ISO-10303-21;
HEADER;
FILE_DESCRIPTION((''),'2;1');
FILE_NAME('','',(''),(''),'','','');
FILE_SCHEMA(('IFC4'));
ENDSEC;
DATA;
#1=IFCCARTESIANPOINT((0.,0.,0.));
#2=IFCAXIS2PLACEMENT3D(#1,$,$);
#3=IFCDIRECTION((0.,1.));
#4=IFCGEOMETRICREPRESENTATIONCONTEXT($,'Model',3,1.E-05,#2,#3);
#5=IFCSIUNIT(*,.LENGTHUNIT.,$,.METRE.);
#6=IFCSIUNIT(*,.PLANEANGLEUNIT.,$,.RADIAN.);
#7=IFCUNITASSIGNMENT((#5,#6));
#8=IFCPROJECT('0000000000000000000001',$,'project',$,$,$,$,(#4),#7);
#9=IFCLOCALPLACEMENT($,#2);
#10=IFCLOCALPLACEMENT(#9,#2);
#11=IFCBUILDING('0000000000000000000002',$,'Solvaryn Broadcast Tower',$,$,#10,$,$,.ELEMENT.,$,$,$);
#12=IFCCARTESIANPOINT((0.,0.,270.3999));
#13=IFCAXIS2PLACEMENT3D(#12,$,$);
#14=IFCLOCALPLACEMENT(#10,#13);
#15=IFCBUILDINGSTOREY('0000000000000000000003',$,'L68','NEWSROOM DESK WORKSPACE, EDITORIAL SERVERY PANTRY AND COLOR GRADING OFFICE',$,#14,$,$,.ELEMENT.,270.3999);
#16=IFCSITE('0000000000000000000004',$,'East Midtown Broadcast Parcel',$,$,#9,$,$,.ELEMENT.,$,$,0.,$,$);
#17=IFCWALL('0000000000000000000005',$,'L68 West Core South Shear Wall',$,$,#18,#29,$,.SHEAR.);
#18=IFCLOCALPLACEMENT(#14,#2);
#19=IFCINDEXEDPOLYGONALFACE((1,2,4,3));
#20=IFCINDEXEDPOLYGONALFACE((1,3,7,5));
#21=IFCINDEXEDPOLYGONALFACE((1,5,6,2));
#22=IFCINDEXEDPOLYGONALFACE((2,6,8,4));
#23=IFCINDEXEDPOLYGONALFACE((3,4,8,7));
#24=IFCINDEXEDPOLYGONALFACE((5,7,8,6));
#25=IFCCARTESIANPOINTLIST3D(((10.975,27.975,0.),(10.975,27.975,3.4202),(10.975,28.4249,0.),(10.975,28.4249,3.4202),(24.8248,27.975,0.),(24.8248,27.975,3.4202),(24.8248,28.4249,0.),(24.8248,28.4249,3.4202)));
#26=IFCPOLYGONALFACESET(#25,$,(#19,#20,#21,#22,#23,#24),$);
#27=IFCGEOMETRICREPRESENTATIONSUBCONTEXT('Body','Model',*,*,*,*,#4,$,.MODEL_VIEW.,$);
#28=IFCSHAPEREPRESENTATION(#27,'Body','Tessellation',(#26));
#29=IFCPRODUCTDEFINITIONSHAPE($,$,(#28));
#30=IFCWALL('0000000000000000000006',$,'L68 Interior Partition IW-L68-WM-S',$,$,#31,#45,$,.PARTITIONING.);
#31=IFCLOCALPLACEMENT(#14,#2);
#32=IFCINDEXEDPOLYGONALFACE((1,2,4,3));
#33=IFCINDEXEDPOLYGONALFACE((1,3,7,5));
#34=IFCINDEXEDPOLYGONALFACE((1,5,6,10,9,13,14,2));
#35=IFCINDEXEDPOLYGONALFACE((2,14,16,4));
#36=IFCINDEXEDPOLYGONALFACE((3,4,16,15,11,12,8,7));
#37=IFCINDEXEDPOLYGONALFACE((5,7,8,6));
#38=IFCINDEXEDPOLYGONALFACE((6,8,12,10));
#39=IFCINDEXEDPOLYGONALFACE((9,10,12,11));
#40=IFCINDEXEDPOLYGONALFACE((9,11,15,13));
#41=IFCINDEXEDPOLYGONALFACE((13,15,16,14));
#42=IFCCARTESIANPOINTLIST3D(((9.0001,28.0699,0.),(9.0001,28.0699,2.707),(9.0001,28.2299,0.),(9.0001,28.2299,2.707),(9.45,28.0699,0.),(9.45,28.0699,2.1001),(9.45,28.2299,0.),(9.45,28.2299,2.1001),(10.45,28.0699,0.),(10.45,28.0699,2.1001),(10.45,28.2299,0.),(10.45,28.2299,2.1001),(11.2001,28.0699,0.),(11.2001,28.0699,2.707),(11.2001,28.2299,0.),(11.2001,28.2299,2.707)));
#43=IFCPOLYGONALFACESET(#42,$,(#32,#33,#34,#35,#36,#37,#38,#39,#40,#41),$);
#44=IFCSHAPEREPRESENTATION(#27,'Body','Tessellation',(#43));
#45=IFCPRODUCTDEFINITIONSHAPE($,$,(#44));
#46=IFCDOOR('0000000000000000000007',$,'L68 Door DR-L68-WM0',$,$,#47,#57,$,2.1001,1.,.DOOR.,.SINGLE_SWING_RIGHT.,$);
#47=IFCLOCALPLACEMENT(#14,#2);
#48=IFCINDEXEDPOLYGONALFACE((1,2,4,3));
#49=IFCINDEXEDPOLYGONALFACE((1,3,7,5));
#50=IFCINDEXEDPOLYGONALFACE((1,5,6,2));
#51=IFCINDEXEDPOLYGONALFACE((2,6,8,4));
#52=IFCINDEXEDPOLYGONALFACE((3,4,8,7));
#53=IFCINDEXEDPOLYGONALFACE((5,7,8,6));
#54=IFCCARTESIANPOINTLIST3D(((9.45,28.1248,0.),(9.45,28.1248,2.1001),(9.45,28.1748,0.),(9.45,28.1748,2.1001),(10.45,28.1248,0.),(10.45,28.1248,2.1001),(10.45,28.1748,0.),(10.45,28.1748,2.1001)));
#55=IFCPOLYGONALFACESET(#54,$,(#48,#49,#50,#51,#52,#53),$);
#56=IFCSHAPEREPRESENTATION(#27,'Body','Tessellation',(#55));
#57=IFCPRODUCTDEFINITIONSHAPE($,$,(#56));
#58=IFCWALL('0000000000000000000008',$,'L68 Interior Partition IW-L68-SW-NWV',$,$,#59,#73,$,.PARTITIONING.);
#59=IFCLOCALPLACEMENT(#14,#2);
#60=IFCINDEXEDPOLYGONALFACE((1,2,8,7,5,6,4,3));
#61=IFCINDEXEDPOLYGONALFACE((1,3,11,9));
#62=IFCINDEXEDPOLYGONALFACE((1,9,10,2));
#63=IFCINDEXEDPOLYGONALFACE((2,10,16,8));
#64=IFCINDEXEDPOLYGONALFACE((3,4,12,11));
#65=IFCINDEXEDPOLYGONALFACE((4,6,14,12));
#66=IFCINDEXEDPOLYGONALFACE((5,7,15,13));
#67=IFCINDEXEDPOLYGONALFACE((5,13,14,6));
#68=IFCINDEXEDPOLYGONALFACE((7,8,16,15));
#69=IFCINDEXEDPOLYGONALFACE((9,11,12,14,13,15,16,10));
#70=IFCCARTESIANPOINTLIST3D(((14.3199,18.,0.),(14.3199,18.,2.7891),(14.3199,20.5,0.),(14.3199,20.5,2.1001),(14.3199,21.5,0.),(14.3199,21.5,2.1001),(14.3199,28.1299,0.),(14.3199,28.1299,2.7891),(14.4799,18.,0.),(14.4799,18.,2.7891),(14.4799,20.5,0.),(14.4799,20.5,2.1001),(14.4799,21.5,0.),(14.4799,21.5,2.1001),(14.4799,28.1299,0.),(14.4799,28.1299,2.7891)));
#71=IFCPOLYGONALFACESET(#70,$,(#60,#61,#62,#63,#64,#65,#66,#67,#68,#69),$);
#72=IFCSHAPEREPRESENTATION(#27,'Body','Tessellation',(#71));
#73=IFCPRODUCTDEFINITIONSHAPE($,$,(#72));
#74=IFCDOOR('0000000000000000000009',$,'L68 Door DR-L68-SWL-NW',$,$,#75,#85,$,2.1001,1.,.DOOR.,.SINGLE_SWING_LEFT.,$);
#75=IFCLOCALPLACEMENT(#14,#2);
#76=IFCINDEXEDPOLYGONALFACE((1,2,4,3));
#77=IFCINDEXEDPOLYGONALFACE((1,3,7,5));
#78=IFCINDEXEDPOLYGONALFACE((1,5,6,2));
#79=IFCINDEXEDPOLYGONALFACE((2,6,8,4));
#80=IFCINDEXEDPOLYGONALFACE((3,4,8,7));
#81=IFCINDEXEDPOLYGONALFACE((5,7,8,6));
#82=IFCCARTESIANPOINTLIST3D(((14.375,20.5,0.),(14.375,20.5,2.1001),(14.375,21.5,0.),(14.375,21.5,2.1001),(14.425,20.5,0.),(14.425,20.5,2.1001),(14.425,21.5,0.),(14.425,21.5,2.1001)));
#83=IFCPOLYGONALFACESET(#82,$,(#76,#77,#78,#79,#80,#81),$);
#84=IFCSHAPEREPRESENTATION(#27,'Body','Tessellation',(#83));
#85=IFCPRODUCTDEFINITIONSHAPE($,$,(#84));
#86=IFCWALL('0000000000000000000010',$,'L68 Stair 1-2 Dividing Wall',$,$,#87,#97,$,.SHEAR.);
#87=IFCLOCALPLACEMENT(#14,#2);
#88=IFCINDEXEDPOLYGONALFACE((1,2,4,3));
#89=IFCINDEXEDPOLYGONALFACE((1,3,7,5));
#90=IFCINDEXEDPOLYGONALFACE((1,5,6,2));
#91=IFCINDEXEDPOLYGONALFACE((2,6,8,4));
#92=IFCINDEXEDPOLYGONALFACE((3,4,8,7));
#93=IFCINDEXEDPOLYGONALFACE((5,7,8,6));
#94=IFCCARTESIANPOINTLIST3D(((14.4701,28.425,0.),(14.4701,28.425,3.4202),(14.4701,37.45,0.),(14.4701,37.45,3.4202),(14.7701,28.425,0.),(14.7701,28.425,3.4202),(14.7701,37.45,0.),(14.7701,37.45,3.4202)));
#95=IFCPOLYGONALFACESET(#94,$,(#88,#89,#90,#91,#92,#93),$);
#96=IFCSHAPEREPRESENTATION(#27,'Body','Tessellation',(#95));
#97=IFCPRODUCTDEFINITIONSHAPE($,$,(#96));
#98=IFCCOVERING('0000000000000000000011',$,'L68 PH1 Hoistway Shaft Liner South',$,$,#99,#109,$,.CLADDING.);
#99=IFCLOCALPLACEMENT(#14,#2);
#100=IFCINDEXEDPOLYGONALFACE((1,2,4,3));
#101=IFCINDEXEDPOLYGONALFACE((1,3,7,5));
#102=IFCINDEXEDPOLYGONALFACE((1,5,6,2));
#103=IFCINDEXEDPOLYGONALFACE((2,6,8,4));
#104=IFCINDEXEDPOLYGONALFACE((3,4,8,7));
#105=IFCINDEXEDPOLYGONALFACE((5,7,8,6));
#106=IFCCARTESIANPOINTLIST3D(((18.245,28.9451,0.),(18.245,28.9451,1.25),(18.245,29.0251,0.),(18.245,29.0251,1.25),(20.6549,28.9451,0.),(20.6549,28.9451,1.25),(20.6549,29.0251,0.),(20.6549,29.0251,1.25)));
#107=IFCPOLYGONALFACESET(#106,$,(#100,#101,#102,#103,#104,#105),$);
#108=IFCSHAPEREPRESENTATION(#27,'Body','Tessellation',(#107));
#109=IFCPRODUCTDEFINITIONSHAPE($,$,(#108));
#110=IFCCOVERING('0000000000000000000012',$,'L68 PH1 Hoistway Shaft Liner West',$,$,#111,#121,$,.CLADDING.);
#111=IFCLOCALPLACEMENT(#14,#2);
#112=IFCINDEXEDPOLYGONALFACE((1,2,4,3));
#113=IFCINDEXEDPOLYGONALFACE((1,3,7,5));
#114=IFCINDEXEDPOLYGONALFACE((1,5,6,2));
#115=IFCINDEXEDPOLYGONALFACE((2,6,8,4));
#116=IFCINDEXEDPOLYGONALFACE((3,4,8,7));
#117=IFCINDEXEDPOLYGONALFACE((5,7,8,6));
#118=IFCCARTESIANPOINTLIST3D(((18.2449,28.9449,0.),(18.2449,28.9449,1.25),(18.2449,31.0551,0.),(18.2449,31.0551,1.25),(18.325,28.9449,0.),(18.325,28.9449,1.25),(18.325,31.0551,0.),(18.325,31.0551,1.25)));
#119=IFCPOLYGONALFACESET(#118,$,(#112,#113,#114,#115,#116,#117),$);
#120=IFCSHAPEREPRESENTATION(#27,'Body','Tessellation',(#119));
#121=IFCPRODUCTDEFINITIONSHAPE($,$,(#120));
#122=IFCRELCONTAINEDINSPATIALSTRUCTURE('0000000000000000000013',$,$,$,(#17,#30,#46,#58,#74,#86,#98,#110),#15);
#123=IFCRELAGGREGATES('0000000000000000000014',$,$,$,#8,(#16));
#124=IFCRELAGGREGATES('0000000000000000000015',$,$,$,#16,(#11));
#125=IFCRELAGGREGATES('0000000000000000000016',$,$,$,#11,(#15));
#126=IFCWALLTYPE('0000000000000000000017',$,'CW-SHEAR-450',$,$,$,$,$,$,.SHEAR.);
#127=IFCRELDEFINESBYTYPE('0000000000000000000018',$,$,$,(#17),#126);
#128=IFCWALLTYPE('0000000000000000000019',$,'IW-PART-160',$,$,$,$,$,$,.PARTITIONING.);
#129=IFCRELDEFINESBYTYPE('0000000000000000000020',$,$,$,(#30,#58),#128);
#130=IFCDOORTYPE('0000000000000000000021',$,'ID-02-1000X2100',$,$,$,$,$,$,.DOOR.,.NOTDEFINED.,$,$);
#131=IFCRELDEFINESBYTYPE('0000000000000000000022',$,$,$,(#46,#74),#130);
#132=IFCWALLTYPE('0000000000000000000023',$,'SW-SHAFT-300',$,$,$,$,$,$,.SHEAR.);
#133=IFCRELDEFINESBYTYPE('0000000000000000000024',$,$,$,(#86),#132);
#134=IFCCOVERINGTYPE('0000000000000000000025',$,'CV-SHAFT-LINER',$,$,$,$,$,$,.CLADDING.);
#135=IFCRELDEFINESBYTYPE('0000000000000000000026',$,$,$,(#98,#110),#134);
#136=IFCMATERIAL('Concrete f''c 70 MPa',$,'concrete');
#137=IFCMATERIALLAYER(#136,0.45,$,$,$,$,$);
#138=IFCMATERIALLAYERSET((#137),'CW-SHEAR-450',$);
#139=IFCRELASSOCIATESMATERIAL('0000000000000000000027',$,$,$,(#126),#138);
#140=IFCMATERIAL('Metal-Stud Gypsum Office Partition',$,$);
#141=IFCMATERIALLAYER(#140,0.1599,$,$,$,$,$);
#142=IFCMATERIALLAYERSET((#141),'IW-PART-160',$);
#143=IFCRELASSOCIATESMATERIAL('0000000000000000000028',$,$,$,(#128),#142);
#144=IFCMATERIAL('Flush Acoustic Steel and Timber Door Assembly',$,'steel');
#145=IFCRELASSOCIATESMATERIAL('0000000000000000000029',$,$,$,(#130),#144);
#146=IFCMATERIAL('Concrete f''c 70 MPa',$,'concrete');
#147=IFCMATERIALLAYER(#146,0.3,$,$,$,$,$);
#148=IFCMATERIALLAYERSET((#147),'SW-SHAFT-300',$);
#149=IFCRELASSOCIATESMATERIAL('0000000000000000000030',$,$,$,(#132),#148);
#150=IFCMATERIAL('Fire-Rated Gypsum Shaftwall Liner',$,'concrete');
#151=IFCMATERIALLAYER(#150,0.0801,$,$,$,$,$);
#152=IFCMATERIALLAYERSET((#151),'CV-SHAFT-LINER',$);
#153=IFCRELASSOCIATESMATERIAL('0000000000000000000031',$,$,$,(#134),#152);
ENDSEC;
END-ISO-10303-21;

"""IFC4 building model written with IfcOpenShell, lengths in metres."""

from ifc_helpers import new_model, si_unit, direction, frame, frame_2d, origin, origin_2d, place, context, subcontext, project, spatial, rectangle, extrude, material, layer, layer_set, type_object, element, fill, save


model = new_model("IFC4")

# Units and contexts
model_context = context("Model", 3, precision=1e-05, world=origin(), true_north=direction((0.0, 1.0)))
body_context = subcontext(model_context, "Body", "Model", "MODEL_VIEW")
ifc_project = project(units=[si_unit("LENGTHUNIT", "METRE"), si_unit("PLANEANGLEUNIT", "RADIAN")], contexts=[model_context])

# Site, building, storey
site_placement = place(None, origin())
site = spatial("IfcSite", under=ifc_project, at=site_placement, Name="East Midtown Broadcast Parcel", CompositionType="ELEMENT", RefElevation=0.0)
building_placement = place(site_placement, origin())
building = spatial("IfcBuilding", under=site, at=building_placement, Name="Solvaryn Broadcast Tower", CompositionType="ELEMENT")
storey_placement = place(building_placement, frame((0.0, 0.0, 270.3999)))
storey = spatial("IfcBuildingStorey", under=building, at=storey_placement, Name="L68", Description="NEWSROOM DESK WORKSPACE, EDITORIAL SERVERY PANTRY AND COLOR GRADING OFFICE", CompositionType="ELEMENT", Elevation=270.3999)

# Wall
ifc_material_1 = material(Name="Concrete f'c 70 MPa", Category="concrete")
ifc_layer_1 = layer(ifc_material_1, 0.45)
ifc_layer_set_1 = layer_set([ifc_layer_1], Name="CW-SHEAR-450")
wall_type_1 = type_object("IfcWallType", Name="CW-SHEAR-450", PredefinedType="SHEAR", material=ifc_layer_set_1)
wall_1_placement = place(storey_placement, frame((10.9751, 28.2, 0.0), z_axis=(0.0, 0.0, 1.0), x_axis=(1.0, 0.0, 0.0)))
element("IfcWall", 1, at=wall_1_placement, inside=storey, type_object=wall_type_1, Name="L68 West Core South Shear Wall", PredefinedType="SHEAR", context=body_context, shape_type="SweptSolid", body=[
    extrude(rectangle(XDim=13.8499, YDim=0.45, at=frame_2d((6.9248, 0.0))), origin(), (0.0, 0.0, 1.0), 3.4202),
])

# Walls, openings, doors
ifc_material_2 = material(Name="Metal-Stud Gypsum Office Partition")
ifc_layer_2 = layer(ifc_material_2, 0.1599)
ifc_layer_set_2 = layer_set([ifc_layer_2], Name="IW-PART-160")
wall_type_2 = type_object("IfcWallType", Name="IW-PART-160", PredefinedType="PARTITIONING", material=ifc_layer_set_2)
wall_2_placement = place(storey_placement, frame((9.0, 28.1499, 0.0), z_axis=(0.0, 0.0, 1.0), x_axis=(1.0, 0.0, 0.0)))
wall_2 = element("IfcWall", 2, at=wall_2_placement, inside=storey, type_object=wall_type_2, Name="L68 Interior Partition IW-L68-WM-S", PredefinedType="PARTITIONING", context=body_context, shape_type="SweptSolid", body=[
    extrude(rectangle(XDim=2.2, YDim=0.1599, at=frame_2d((1.1001, 0.0))), origin(), (0.0, 0.0, 1.0), 2.707),
])
opening_1_placement = place(wall_2_placement, frame((0.45, 0.0, 0.0)))
opening_1 = element("IfcOpeningElement", 3, at=opening_1_placement, cuts=wall_2, PredefinedType="OPENING", context=body_context, shape_type="SweptSolid", body=[
    extrude(rectangle(XDim=1.0, YDim=2.1001, at=frame_2d((0.5, 1.05))), frame((0.0, 0.0901, 0.0), z_axis=(0.0, -1.0, 0.0), x_axis=(1.0, 0.0, 0.0)), (0.0, 0.0, 1.0), 0.1799),
])
ifc_material_3 = material(Name="Flush Acoustic Steel and Timber Door Assembly", Category="steel")
door_type = type_object("IfcDoorType", Name="ID-02-1000X2100", OperationType="NOTDEFINED", PredefinedType="DOOR", material=ifc_material_3)
door_1_placement = place(opening_1_placement, origin())
door_1 = element("IfcDoor", 4, at=door_1_placement, inside=storey, type_object=door_type, Name="L68 Door DR-L68-WM0", OperationType="SINGLE_SWING_RIGHT", OverallHeight=2.1001, OverallWidth=1.0, PredefinedType="DOOR", context=body_context, shape_type="SweptSolid", body=[
    extrude(rectangle(XDim=1.0, YDim=2.1001, at=frame_2d((0.5, 1.05))), frame((0.0, 0.0249, 0.0), z_axis=(0.0, -1.0, 0.0), x_axis=(1.0, 0.0, 0.0)), (0.0, 0.0, 1.0), 0.05),
])
fill(opening_1, door_1)
wall_3_placement = place(storey_placement, frame((14.3999, 18.0, 0.0), z_axis=(0.0, 0.0, 1.0), x_axis=(0.0, 1.0, 0.0)))
wall_3 = element("IfcWall", 5, at=wall_3_placement, inside=storey, type_object=wall_type_2, Name="L68 Interior Partition IW-L68-SW-NWV", PredefinedType="PARTITIONING", context=body_context, shape_type="SweptSolid", body=[
    extrude(rectangle(XDim=10.1299, YDim=0.1599, at=frame_2d((5.0649, 0.0))), origin(), (0.0, 0.0, 1.0), 2.7891),
])
opening_2_placement = place(wall_3_placement, frame((2.5, 0.0, 0.0)))
opening_2 = element("IfcOpeningElement", 6, at=opening_2_placement, cuts=wall_3, PredefinedType="OPENING", context=body_context, shape_type="SweptSolid", body=[
    extrude(rectangle(XDim=1.0, YDim=2.1001, at=frame_2d((0.5, 1.05))), frame((0.0, 0.0901, 0.0), z_axis=(0.0, -1.0, 0.0), x_axis=(1.0, 0.0, 0.0)), (0.0, 0.0, 1.0), 0.1799),
])
door_2_placement = place(opening_2_placement, origin())
door_2 = element("IfcDoor", 7, at=door_2_placement, inside=storey, type_object=door_type, Name="L68 Door DR-L68-SWL-NW", OperationType="SINGLE_SWING_LEFT", OverallHeight=2.1001, OverallWidth=1.0, PredefinedType="DOOR", context=body_context, shape_type="SweptSolid", body=[
    extrude(rectangle(XDim=1.0, YDim=2.1001, at=frame_2d((0.5, 1.05))), frame((0.0, 0.0249, 0.0), z_axis=(0.0, -1.0, 0.0), x_axis=(1.0, 0.0, 0.0)), (0.0, 0.0, 1.0), 0.05),
])
fill(opening_2, door_2)

# Wall
ifc_material_4 = material(Name="Concrete f'c 70 MPa", Category="concrete")
ifc_layer_3 = layer(ifc_material_4, 0.3)
ifc_layer_set_3 = layer_set([ifc_layer_3], Name="SW-SHAFT-300")
wall_type_3 = type_object("IfcWallType", Name="SW-SHAFT-300", PredefinedType="SHEAR", material=ifc_layer_set_3)
wall_4_placement = place(storey_placement, frame((14.6201, 28.425, 0.0), z_axis=(0.0, 0.0, 1.0), x_axis=(0.0, 1.0, 0.0)))
element("IfcWall", 8, at=wall_4_placement, inside=storey, type_object=wall_type_3, Name="L68 Stair 1-2 Dividing Wall", PredefinedType="SHEAR", context=body_context, shape_type="SweptSolid", body=[
    extrude(rectangle(XDim=9.0249, YDim=0.3, at=frame_2d((4.5125, 0.0))), origin(), (0.0, 0.0, 1.0), 3.4202),
])

# Coverings
ifc_material_5 = material(Name="Fire-Rated Gypsum Shaftwall Liner", Category="concrete")
ifc_layer_4 = layer(ifc_material_5, 0.0801)
ifc_layer_set_4 = layer_set([ifc_layer_4], Name="CV-SHAFT-LINER")
covering_type = type_object("IfcCoveringType", Name="CV-SHAFT-LINER", PredefinedType="CLADDING", material=ifc_layer_set_4)
covering_1_placement = place(storey_placement, frame((19.45, 28.9851, 0.0), z_axis=(0.0, 0.0, 1.0), x_axis=(1.0, 0.0, 0.0)))
element("IfcCovering", 9, at=covering_1_placement, inside=storey, type_object=covering_type, Name="L68 PH1 Hoistway Shaft Liner South", PredefinedType="CLADDING", context=body_context, shape_type="SweptSolid", body=[
    extrude(rectangle(XDim=2.4099, YDim=0.0801, at=origin_2d()), origin(), (0.0, 0.0, 1.0), 1.25),
])
covering_2_placement = place(storey_placement, frame((18.2849, 30.0, 0.0), z_axis=(0.0, 0.0, 1.0), x_axis=(1.0, 0.0, 0.0)))
element("IfcCovering", 10, at=covering_2_placement, inside=storey, type_object=covering_type, Name="L68 PH1 Hoistway Shaft Liner West", PredefinedType="CLADDING", context=body_context, shape_type="SweptSolid", body=[
    extrude(rectangle(XDim=0.0801, YDim=2.1101, at=origin_2d()), origin(), (0.0, 0.0, 1.0), 1.25),
])

save(model, "model.ifc")
